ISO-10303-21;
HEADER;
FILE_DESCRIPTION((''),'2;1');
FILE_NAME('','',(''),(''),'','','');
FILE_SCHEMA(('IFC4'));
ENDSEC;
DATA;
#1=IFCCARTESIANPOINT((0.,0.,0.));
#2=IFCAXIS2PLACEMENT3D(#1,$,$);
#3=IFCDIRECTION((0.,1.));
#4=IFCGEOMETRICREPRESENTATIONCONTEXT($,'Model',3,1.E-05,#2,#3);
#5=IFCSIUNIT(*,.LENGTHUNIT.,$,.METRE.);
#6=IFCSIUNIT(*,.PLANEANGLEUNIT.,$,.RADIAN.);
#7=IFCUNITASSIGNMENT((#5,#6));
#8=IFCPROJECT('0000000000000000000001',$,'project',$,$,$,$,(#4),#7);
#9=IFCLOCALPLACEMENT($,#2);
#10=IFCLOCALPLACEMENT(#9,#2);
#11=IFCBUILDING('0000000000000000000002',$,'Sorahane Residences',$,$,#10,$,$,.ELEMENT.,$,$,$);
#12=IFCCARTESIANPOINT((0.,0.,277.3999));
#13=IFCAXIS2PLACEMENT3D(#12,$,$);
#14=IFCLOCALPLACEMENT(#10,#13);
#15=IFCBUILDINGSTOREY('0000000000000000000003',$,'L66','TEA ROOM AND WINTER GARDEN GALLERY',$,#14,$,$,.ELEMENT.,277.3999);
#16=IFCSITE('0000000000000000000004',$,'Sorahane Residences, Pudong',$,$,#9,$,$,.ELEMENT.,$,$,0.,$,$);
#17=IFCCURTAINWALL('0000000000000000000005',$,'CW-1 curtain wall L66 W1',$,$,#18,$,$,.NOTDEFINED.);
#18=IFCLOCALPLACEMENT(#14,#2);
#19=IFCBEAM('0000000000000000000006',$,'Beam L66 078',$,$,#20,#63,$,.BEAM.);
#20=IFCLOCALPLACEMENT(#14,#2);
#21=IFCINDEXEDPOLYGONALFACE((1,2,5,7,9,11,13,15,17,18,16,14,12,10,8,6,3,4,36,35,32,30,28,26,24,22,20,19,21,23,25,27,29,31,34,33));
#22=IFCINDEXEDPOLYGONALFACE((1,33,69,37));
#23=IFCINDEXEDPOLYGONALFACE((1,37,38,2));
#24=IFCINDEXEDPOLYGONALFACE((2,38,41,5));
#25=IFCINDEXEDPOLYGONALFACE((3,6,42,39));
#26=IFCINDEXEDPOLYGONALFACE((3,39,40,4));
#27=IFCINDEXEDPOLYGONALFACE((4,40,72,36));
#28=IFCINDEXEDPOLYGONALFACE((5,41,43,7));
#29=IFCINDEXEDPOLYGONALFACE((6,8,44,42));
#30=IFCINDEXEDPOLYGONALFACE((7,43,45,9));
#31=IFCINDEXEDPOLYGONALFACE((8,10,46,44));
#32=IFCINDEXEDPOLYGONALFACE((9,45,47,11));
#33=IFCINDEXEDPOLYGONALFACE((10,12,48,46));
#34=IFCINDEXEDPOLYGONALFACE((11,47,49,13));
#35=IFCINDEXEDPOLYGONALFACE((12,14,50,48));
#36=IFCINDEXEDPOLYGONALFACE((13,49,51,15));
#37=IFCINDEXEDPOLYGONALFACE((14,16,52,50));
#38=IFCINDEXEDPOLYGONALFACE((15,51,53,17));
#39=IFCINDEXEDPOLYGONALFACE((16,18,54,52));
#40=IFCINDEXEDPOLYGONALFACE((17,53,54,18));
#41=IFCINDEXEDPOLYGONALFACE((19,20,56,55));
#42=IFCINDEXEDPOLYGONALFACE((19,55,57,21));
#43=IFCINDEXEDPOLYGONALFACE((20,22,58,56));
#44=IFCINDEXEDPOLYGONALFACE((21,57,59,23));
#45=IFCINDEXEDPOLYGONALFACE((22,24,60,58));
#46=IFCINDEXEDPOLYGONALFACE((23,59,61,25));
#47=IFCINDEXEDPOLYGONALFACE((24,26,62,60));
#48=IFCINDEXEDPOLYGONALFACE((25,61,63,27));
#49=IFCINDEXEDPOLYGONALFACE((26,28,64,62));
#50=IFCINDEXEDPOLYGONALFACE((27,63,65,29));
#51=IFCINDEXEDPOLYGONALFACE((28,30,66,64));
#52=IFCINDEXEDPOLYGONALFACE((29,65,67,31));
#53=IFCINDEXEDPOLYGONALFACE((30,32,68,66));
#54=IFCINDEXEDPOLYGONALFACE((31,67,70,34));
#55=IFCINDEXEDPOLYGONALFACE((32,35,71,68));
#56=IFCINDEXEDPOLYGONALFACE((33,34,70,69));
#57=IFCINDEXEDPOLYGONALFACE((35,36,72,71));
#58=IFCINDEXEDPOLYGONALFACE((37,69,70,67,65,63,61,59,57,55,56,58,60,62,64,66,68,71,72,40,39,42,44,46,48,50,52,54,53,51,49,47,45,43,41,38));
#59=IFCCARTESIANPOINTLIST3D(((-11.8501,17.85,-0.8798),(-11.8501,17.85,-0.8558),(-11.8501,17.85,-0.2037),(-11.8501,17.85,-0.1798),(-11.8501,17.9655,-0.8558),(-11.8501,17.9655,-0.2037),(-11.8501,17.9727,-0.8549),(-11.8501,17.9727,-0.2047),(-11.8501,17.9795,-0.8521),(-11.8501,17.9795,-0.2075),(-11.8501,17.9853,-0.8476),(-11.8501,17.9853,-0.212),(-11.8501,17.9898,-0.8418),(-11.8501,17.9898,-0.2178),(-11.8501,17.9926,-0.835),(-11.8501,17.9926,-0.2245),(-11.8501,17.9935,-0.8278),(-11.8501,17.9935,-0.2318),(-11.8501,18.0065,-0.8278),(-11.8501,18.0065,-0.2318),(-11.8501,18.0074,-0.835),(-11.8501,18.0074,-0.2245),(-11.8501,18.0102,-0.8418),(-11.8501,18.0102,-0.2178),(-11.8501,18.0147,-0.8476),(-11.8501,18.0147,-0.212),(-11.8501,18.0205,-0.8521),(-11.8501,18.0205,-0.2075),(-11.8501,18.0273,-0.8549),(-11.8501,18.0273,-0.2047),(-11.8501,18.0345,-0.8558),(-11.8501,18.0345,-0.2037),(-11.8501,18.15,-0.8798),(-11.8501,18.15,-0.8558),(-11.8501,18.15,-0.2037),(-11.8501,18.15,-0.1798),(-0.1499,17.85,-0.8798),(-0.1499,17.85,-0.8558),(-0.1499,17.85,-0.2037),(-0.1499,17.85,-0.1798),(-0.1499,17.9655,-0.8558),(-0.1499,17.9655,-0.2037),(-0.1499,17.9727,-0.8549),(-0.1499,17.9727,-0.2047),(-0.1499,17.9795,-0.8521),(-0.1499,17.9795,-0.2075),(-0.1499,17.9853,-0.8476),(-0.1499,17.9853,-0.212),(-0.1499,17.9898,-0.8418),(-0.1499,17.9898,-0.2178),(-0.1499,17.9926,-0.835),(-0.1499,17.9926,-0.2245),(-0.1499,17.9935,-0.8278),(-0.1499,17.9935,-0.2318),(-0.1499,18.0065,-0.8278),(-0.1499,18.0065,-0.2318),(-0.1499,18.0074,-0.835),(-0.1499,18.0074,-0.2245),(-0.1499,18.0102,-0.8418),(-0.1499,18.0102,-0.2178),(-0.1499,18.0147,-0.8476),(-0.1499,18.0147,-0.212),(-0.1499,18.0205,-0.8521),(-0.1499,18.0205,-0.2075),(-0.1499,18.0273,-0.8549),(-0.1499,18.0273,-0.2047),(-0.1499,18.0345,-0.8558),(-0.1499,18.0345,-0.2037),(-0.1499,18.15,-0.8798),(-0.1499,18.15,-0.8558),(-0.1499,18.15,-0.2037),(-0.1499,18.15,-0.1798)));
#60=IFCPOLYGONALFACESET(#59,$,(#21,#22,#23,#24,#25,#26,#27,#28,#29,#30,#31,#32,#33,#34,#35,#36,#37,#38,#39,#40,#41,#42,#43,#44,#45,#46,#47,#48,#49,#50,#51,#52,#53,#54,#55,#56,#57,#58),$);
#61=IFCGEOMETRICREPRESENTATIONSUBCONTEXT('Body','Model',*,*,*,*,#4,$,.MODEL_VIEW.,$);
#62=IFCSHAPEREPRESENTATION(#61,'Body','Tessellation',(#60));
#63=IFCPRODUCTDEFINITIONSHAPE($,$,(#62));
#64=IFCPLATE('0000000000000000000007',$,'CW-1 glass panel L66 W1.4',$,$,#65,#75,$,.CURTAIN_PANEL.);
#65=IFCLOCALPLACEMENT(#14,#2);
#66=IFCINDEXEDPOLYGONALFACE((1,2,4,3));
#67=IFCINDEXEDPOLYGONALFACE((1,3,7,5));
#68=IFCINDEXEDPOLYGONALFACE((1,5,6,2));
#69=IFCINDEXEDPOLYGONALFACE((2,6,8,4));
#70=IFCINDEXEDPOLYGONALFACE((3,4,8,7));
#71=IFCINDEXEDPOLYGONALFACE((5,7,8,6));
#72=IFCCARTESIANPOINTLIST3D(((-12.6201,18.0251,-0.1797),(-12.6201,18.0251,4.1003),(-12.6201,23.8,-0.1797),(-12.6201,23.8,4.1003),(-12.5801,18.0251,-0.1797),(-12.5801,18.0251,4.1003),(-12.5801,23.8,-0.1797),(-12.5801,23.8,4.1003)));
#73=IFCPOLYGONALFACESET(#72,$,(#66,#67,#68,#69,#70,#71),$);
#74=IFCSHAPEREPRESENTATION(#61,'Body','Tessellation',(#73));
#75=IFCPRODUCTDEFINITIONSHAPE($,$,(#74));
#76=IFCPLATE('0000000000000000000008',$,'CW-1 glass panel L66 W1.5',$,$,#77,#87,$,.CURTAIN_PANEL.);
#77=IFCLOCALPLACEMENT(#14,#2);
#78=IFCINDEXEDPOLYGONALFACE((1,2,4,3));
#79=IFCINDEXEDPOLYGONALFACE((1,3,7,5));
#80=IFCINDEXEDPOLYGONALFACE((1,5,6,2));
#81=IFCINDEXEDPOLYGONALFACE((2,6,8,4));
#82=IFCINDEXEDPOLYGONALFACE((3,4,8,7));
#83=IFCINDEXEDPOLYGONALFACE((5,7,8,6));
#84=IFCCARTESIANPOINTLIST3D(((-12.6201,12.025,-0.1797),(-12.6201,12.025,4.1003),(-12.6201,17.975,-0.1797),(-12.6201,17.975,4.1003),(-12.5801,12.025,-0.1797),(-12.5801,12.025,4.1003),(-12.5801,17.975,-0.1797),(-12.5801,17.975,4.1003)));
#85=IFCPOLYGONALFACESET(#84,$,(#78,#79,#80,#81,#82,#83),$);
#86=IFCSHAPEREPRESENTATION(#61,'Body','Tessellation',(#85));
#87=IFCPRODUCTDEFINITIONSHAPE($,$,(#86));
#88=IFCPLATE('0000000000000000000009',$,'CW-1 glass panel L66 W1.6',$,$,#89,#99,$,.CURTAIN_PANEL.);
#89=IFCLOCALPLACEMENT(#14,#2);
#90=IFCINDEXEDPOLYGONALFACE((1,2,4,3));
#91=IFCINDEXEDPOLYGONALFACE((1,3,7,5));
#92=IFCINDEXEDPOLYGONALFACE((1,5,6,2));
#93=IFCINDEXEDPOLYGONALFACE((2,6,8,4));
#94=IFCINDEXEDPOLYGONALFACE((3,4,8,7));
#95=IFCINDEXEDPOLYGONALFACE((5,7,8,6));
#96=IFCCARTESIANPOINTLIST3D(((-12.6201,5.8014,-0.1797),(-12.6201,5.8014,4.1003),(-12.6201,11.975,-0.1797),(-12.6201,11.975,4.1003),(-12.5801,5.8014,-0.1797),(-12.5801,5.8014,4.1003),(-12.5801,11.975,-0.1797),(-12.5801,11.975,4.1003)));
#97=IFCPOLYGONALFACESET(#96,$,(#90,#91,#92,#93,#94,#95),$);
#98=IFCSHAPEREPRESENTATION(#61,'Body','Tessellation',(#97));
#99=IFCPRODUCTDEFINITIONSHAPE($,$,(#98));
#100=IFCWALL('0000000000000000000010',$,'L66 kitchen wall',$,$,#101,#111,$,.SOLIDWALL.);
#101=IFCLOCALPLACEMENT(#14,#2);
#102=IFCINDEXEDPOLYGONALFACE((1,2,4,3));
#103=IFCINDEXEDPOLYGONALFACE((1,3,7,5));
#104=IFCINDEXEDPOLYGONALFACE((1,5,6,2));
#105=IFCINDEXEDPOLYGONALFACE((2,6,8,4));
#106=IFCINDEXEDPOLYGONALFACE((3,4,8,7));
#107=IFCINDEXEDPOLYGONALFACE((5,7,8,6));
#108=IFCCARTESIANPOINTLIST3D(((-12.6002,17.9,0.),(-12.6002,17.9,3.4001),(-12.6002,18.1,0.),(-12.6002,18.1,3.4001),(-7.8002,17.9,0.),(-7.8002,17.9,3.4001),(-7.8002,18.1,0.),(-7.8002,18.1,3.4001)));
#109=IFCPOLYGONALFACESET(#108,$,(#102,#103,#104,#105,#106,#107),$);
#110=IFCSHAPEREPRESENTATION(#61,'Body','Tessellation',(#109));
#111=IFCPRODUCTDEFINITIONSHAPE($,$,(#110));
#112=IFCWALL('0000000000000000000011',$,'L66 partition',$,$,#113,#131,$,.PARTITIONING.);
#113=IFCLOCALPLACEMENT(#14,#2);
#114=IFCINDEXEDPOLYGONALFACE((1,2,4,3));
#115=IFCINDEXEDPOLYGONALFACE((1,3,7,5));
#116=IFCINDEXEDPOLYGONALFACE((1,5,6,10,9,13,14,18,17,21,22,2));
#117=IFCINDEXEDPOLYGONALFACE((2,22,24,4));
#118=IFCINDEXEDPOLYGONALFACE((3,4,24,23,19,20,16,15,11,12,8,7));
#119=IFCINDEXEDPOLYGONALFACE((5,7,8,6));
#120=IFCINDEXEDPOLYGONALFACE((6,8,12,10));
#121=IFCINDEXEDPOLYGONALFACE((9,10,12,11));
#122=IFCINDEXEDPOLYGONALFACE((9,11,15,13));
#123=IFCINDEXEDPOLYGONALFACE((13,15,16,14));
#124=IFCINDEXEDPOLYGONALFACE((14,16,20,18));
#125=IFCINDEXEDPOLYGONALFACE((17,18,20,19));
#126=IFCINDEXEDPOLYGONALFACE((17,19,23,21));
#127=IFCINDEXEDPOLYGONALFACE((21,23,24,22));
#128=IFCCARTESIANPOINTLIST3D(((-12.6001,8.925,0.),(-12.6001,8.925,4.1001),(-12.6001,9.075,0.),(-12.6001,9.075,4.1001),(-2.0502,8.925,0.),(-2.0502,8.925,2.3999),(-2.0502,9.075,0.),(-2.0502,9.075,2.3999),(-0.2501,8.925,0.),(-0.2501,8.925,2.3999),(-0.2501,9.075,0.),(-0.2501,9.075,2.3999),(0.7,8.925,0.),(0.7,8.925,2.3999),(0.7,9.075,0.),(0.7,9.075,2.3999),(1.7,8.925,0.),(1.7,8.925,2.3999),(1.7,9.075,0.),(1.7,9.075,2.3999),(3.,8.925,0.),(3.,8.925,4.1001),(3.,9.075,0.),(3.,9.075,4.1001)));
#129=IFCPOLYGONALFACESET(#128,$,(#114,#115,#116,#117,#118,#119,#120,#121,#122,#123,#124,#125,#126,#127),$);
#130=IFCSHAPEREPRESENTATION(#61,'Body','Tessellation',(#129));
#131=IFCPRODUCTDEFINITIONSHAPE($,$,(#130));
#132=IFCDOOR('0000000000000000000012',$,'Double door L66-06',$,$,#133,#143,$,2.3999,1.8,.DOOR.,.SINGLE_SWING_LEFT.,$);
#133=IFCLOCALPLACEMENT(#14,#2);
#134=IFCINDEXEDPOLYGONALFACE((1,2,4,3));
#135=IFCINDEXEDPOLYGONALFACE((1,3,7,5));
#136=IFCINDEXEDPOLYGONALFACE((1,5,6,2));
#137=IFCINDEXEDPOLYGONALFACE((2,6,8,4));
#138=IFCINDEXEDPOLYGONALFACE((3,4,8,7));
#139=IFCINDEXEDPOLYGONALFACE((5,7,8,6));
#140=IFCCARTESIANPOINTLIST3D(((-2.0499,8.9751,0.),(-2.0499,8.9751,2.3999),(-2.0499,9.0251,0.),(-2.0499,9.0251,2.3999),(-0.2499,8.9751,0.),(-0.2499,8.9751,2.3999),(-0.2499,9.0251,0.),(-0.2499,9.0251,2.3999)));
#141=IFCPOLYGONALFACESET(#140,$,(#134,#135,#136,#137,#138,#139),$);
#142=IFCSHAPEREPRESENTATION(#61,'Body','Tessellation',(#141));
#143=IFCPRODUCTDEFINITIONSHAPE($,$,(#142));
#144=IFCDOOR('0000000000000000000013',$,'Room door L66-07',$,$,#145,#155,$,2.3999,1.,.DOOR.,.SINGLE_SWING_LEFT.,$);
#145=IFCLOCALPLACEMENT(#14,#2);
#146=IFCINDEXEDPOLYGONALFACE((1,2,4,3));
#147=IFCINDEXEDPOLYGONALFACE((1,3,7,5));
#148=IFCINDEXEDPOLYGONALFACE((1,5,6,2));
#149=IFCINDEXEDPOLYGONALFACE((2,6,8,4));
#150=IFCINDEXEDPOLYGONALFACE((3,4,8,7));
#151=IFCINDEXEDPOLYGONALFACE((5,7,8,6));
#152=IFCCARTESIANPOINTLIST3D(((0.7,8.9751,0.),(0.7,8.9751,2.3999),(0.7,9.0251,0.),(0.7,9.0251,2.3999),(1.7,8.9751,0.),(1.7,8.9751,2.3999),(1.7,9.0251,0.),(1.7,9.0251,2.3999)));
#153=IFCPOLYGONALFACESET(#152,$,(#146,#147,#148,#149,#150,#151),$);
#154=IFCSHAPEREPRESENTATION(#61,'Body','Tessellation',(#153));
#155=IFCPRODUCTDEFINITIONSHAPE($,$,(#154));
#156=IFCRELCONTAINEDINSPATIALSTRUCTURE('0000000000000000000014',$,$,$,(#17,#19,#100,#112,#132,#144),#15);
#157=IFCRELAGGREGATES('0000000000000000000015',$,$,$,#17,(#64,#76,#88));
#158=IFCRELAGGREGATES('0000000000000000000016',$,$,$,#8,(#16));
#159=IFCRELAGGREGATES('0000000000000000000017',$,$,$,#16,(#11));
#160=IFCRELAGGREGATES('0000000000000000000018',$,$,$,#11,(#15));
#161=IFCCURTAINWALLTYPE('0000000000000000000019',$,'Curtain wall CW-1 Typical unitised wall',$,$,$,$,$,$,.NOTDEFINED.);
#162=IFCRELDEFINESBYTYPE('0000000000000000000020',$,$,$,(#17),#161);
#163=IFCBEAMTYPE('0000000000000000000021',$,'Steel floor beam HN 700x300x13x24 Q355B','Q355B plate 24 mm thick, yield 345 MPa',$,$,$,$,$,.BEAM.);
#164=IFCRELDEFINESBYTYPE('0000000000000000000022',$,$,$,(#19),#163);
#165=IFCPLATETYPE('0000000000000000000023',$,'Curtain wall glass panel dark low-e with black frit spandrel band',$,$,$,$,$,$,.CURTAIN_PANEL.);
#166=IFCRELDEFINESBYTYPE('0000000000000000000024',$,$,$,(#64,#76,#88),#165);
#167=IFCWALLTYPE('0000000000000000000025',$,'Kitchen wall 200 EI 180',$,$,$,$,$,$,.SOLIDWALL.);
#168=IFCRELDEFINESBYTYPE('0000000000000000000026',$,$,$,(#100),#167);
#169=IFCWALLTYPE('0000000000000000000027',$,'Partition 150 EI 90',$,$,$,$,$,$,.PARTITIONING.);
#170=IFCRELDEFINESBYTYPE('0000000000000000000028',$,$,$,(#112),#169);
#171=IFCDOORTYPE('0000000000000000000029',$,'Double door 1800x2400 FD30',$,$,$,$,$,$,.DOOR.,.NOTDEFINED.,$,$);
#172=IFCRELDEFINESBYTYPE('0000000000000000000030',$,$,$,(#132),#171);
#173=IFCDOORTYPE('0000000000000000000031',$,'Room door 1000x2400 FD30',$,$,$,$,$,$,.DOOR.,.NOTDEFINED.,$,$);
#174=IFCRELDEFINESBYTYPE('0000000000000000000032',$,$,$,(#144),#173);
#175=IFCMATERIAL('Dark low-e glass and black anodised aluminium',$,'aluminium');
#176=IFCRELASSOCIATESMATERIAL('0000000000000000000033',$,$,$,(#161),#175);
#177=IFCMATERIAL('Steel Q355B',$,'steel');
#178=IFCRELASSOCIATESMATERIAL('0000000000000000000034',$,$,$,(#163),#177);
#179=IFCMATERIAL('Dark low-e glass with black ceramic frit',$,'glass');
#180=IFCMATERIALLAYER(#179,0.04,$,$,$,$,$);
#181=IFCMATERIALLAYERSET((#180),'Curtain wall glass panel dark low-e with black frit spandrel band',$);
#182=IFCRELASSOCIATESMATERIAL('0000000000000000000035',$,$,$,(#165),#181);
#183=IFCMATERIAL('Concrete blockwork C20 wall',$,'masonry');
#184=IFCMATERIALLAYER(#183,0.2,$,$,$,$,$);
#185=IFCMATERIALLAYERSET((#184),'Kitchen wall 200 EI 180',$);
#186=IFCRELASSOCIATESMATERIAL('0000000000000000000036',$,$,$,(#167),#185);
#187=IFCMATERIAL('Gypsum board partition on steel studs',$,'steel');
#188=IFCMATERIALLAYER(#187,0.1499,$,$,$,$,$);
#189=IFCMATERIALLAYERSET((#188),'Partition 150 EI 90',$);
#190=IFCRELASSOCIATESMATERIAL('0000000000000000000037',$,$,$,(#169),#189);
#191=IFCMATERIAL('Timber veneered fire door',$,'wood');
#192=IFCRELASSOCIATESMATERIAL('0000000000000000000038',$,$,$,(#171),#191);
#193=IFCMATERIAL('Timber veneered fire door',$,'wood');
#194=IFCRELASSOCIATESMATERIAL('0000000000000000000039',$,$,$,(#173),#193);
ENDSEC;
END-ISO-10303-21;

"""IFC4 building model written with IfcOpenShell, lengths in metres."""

from ifc_helpers import new_model, si_unit, direction, frame, frame_2d, origin, origin_2d, place, context, subcontext, project, spatial, rectangle, i_section, extrude, material, layer, layer_set, material_profile, profile_set, type_object, element, fill, aggregate, save


model = new_model("IFC4")

# Units and contexts
model_context = context("Model", 3, precision=1e-05, world=origin(), true_north=direction((0.0, 1.0)))
body_context = subcontext(model_context, "Body", "Model", "MODEL_VIEW")
ifc_project = project(units=[si_unit("LENGTHUNIT", "METRE"), si_unit("PLANEANGLEUNIT", "RADIAN")], contexts=[model_context])

# Site, building, storey
site_placement = place(None, origin())
site = spatial("IfcSite", under=ifc_project, at=site_placement, Name="Sorahane Residences, Pudong", CompositionType="ELEMENT", RefElevation=0.0)
building_placement = place(site_placement, origin())
building = spatial("IfcBuilding", under=site, at=building_placement, Name="Sorahane Residences", CompositionType="ELEMENT")
storey_placement = place(building_placement, frame((0.0, 0.0, 277.3999)))
storey = spatial("IfcBuildingStorey", under=building, at=storey_placement, Name="L66", Description="TEA ROOM AND WINTER GARDEN GALLERY", CompositionType="ELEMENT", Elevation=277.3999)

# Curtain wall
ifc_material_1 = material(Name="Dark low-e glass and black anodised aluminium", Category="aluminium")
curtain_wall_type = type_object("IfcCurtainWallType", Name="Curtain wall CW-1 Typical unitised wall", PredefinedType="NOTDEFINED", material=ifc_material_1)
curtain_wall_placement = place(storey_placement, origin())
curtain_wall = element("IfcCurtainWall", 1, at=curtain_wall_placement, inside=storey, type_object=curtain_wall_type, Name="CW-1 curtain wall L66 W1", PredefinedType="NOTDEFINED")

# Beam
ifc_material_2 = material(Name="Steel Q355B", Category="steel")
ifc_material_profile_1 = material_profile(ifc_material_2, i_section(OverallWidth=0.3, OverallDepth=0.7, WebThickness=0.0129, FlangeThickness=0.0239, FilletRadius=0.0281, at=origin_2d()), Name="HN 700x300x13x24")
ifc_profile_set_1 = profile_set([ifc_material_profile_1], Name="Steel Q355B")
beam_type_1 = type_object("IfcBeamType", Name="Steel floor beam HN 700x300x13x24 Q355B", Description="Q355B plate 24 mm thick, yield 345 MPa", PredefinedType="BEAM", material=ifc_profile_set_1)
beam_1_placement = place(storey_placement, frame((-11.8501, 18.0, -0.5298), z_axis=(1.0, 0.0, 0.0), x_axis=(0.0, 1.0, 0.0)))
element("IfcBeam", 2, at=beam_1_placement, inside=storey, type_object=beam_type_1, Name="Beam L66 078", PredefinedType="BEAM", context=body_context, shape_type="SweptSolid", body=[
    extrude(i_section(OverallWidth=0.3, OverallDepth=0.7, WebThickness=0.0129, FlangeThickness=0.0239, FilletRadius=0.0281, at=origin_2d()), origin(), (0.0, 0.0, 1.0), 11.7002),
])

# Plates
ifc_material_3 = material(Name="Dark low-e glass with black ceramic frit", Category="glass")
ifc_layer_1 = layer(ifc_material_3, 0.04)
ifc_layer_set_1 = layer_set([ifc_layer_1], Name="Curtain wall glass panel dark low-e with black frit spandrel band")
plate_type = type_object("IfcPlateType", Name="Curtain wall glass panel dark low-e with black frit spandrel band", PredefinedType="CURTAIN_PANEL", material=ifc_layer_set_1)
plate_1_placement = place(storey_placement, frame((-12.6001, 20.9126, -0.1797), z_axis=(0.0, 0.0, 1.0), x_axis=(0.0, -1.0, 0.0)))
plate_1 = element("IfcPlate", 3, at=plate_1_placement, type_object=plate_type, Name="CW-1 glass panel L66 W1.4", PredefinedType="CURTAIN_PANEL", context=body_context, shape_type="SweptSolid", body=[
    extrude(rectangle(XDim=5.7749, YDim=0.04, at=origin_2d()), origin(), (0.0, 0.0, 1.0), 4.28),
])
plate_2_placement = place(storey_placement, frame((-12.6001, 15.0, -0.1797), z_axis=(0.0, 0.0, 1.0), x_axis=(0.0, -1.0, 0.0)))
plate_2 = element("IfcPlate", 4, at=plate_2_placement, type_object=plate_type, Name="CW-1 glass panel L66 W1.5", PredefinedType="CURTAIN_PANEL", context=body_context, shape_type="SweptSolid", body=[
    extrude(rectangle(XDim=5.95, YDim=0.04, at=origin_2d()), origin(), (0.0, 0.0, 1.0), 4.28),
])
plate_3_placement = place(storey_placement, frame((-12.6001, 8.8882, -0.1797), z_axis=(0.0, 0.0, 1.0), x_axis=(0.0, -1.0, 0.0)))
plate_3 = element("IfcPlate", 5, at=plate_3_placement, type_object=plate_type, Name="CW-1 glass panel L66 W1.6", PredefinedType="CURTAIN_PANEL", context=body_context, shape_type="SweptSolid", body=[
    extrude(rectangle(XDim=6.1736, YDim=0.04, at=origin_2d()), origin(), (0.0, 0.0, 1.0), 4.28),
])
aggregate(curtain_wall, [plate_1, plate_2, plate_3])

# Shared definitions
ifc_material_4 = material(Name="Concrete blockwork C20 wall", Category="masonry")
ifc_layer_2 = layer(ifc_material_4, 0.2)
ifc_layer_set_2 = layer_set([ifc_layer_2], Name="Kitchen wall 200 EI 180")
wall_type_1 = type_object("IfcWallType", Name="Kitchen wall 200 EI 180", PredefinedType="SOLIDWALL", material=ifc_layer_set_2)

# Wall
wall_1_placement = place(storey_placement, frame((-12.6001, 18.0, 0.0), z_axis=(0.0, 0.0, 1.0), x_axis=(1.0, 0.0, 0.0)))
element("IfcWall", 6, at=wall_1_placement, inside=storey, type_object=wall_type_1, Name="L66 kitchen wall", PredefinedType="SOLIDWALL", context=body_context, shape_type="SweptSolid", body=[
    extrude(rectangle(XDim=4.8, YDim=0.2, at=frame_2d((2.3999, 0.0))), origin(), (0.0, 0.0, 1.0), 3.4001),
])

# Wall, openings, doors
ifc_material_5 = material(Name="Gypsum board partition on steel studs", Category="steel")
ifc_layer_3 = layer(ifc_material_5, 0.1499)
ifc_layer_set_3 = layer_set([ifc_layer_3], Name="Partition 150 EI 90")
wall_type_2 = type_object("IfcWallType", Name="Partition 150 EI 90", PredefinedType="PARTITIONING", material=ifc_layer_set_3)
wall_2_placement = place(storey_placement, frame((-12.6001, 9.0, 0.0), z_axis=(0.0, 0.0, 1.0), x_axis=(1.0, 0.0, 0.0)))
wall_2 = element("IfcWall", 7, at=wall_2_placement, inside=storey, type_object=wall_type_2, Name="L66 partition", PredefinedType="PARTITIONING", context=body_context, shape_type="SweptSolid", body=[
    extrude(rectangle(XDim=15.6001, YDim=0.1499, at=frame_2d((7.8, 0.0))), origin(), (0.0, 0.0, 1.0), 4.1001),
])
opening_1_placement = place(wall_2_placement, frame((10.55, 0.0, 0.0)))
opening_1 = element("IfcOpeningElement", 8, at=opening_1_placement, cuts=wall_2, PredefinedType="OPENING", context=body_context, shape_type="SweptSolid", body=[
    extrude(rectangle(XDim=1.8, YDim=2.3999, at=frame_2d((0.8999, 1.2))), frame((0.0, 0.085, 0.0), z_axis=(0.0, -1.0, 0.0), x_axis=(1.0, 0.0, 0.0)), (0.0, 0.0, 1.0), 0.1699),
])
opening_2_placement = place(wall_2_placement, frame((13.3, 0.0, 0.0)))
opening_2 = element("IfcOpeningElement", 9, at=opening_2_placement, cuts=wall_2, PredefinedType="OPENING", context=body_context, shape_type="SweptSolid", body=[
    extrude(rectangle(XDim=1.0, YDim=2.3999, at=frame_2d((0.5, 1.2))), frame((0.0, 0.085, 0.0), z_axis=(0.0, -1.0, 0.0), x_axis=(1.0, 0.0, 0.0)), (0.0, 0.0, 1.0), 0.1699),
])
ifc_material_6 = material(Name="Timber veneered fire door", Category="wood")
door_type_1 = type_object("IfcDoorType", Name="Double door 1800x2400 FD30", OperationType="NOTDEFINED", PredefinedType="DOOR", material=ifc_material_6)
door_1_placement = place(opening_1_placement, frame((1.8, 0.0, 0.0), z_axis=(0.0, 0.0, 1.0), x_axis=(-1.0, 0.0, 0.0)))
door_1 = element("IfcDoor", 10, at=door_1_placement, inside=storey, type_object=door_type_1, Name="Double door L66-06", OperationType="SINGLE_SWING_LEFT", OverallHeight=2.3999, OverallWidth=1.8, PredefinedType="DOOR", context=body_context, shape_type="SweptSolid", body=[
    extrude(rectangle(XDim=1.8, YDim=2.3999, at=frame_2d((0.8999, 1.2))), frame((0.0, 0.0249, 0.0), z_axis=(0.0, -1.0, 0.0), x_axis=(1.0, 0.0, 0.0)), (0.0, 0.0, 1.0), 0.05),
])
fill(opening_1, door_1)
ifc_material_7 = material(Name="Timber veneered fire door", Category="wood")
door_type_2 = type_object("IfcDoorType", Name="Room door 1000x2400 FD30", OperationType="NOTDEFINED", PredefinedType="DOOR", material=ifc_material_7)
door_2_placement = place(opening_2_placement, frame((1.0, 0.0, 0.0), z_axis=(0.0, 0.0, 1.0), x_axis=(-1.0, 0.0, 0.0)))
door_2 = element("IfcDoor", 11, at=door_2_placement, inside=storey, type_object=door_type_2, Name="Room door L66-07", OperationType="SINGLE_SWING_LEFT", OverallHeight=2.3999, OverallWidth=1.0, PredefinedType="DOOR", context=body_context, shape_type="SweptSolid", body=[
    extrude(rectangle(XDim=1.0, YDim=2.3999, at=frame_2d((0.5, 1.2))), frame((0.0, 0.0249, 0.0), z_axis=(0.0, -1.0, 0.0), x_axis=(1.0, 0.0, 0.0)), (0.0, 0.0, 1.0), 0.05),
])
fill(opening_2, door_2)

save(model, "model.ifc")
